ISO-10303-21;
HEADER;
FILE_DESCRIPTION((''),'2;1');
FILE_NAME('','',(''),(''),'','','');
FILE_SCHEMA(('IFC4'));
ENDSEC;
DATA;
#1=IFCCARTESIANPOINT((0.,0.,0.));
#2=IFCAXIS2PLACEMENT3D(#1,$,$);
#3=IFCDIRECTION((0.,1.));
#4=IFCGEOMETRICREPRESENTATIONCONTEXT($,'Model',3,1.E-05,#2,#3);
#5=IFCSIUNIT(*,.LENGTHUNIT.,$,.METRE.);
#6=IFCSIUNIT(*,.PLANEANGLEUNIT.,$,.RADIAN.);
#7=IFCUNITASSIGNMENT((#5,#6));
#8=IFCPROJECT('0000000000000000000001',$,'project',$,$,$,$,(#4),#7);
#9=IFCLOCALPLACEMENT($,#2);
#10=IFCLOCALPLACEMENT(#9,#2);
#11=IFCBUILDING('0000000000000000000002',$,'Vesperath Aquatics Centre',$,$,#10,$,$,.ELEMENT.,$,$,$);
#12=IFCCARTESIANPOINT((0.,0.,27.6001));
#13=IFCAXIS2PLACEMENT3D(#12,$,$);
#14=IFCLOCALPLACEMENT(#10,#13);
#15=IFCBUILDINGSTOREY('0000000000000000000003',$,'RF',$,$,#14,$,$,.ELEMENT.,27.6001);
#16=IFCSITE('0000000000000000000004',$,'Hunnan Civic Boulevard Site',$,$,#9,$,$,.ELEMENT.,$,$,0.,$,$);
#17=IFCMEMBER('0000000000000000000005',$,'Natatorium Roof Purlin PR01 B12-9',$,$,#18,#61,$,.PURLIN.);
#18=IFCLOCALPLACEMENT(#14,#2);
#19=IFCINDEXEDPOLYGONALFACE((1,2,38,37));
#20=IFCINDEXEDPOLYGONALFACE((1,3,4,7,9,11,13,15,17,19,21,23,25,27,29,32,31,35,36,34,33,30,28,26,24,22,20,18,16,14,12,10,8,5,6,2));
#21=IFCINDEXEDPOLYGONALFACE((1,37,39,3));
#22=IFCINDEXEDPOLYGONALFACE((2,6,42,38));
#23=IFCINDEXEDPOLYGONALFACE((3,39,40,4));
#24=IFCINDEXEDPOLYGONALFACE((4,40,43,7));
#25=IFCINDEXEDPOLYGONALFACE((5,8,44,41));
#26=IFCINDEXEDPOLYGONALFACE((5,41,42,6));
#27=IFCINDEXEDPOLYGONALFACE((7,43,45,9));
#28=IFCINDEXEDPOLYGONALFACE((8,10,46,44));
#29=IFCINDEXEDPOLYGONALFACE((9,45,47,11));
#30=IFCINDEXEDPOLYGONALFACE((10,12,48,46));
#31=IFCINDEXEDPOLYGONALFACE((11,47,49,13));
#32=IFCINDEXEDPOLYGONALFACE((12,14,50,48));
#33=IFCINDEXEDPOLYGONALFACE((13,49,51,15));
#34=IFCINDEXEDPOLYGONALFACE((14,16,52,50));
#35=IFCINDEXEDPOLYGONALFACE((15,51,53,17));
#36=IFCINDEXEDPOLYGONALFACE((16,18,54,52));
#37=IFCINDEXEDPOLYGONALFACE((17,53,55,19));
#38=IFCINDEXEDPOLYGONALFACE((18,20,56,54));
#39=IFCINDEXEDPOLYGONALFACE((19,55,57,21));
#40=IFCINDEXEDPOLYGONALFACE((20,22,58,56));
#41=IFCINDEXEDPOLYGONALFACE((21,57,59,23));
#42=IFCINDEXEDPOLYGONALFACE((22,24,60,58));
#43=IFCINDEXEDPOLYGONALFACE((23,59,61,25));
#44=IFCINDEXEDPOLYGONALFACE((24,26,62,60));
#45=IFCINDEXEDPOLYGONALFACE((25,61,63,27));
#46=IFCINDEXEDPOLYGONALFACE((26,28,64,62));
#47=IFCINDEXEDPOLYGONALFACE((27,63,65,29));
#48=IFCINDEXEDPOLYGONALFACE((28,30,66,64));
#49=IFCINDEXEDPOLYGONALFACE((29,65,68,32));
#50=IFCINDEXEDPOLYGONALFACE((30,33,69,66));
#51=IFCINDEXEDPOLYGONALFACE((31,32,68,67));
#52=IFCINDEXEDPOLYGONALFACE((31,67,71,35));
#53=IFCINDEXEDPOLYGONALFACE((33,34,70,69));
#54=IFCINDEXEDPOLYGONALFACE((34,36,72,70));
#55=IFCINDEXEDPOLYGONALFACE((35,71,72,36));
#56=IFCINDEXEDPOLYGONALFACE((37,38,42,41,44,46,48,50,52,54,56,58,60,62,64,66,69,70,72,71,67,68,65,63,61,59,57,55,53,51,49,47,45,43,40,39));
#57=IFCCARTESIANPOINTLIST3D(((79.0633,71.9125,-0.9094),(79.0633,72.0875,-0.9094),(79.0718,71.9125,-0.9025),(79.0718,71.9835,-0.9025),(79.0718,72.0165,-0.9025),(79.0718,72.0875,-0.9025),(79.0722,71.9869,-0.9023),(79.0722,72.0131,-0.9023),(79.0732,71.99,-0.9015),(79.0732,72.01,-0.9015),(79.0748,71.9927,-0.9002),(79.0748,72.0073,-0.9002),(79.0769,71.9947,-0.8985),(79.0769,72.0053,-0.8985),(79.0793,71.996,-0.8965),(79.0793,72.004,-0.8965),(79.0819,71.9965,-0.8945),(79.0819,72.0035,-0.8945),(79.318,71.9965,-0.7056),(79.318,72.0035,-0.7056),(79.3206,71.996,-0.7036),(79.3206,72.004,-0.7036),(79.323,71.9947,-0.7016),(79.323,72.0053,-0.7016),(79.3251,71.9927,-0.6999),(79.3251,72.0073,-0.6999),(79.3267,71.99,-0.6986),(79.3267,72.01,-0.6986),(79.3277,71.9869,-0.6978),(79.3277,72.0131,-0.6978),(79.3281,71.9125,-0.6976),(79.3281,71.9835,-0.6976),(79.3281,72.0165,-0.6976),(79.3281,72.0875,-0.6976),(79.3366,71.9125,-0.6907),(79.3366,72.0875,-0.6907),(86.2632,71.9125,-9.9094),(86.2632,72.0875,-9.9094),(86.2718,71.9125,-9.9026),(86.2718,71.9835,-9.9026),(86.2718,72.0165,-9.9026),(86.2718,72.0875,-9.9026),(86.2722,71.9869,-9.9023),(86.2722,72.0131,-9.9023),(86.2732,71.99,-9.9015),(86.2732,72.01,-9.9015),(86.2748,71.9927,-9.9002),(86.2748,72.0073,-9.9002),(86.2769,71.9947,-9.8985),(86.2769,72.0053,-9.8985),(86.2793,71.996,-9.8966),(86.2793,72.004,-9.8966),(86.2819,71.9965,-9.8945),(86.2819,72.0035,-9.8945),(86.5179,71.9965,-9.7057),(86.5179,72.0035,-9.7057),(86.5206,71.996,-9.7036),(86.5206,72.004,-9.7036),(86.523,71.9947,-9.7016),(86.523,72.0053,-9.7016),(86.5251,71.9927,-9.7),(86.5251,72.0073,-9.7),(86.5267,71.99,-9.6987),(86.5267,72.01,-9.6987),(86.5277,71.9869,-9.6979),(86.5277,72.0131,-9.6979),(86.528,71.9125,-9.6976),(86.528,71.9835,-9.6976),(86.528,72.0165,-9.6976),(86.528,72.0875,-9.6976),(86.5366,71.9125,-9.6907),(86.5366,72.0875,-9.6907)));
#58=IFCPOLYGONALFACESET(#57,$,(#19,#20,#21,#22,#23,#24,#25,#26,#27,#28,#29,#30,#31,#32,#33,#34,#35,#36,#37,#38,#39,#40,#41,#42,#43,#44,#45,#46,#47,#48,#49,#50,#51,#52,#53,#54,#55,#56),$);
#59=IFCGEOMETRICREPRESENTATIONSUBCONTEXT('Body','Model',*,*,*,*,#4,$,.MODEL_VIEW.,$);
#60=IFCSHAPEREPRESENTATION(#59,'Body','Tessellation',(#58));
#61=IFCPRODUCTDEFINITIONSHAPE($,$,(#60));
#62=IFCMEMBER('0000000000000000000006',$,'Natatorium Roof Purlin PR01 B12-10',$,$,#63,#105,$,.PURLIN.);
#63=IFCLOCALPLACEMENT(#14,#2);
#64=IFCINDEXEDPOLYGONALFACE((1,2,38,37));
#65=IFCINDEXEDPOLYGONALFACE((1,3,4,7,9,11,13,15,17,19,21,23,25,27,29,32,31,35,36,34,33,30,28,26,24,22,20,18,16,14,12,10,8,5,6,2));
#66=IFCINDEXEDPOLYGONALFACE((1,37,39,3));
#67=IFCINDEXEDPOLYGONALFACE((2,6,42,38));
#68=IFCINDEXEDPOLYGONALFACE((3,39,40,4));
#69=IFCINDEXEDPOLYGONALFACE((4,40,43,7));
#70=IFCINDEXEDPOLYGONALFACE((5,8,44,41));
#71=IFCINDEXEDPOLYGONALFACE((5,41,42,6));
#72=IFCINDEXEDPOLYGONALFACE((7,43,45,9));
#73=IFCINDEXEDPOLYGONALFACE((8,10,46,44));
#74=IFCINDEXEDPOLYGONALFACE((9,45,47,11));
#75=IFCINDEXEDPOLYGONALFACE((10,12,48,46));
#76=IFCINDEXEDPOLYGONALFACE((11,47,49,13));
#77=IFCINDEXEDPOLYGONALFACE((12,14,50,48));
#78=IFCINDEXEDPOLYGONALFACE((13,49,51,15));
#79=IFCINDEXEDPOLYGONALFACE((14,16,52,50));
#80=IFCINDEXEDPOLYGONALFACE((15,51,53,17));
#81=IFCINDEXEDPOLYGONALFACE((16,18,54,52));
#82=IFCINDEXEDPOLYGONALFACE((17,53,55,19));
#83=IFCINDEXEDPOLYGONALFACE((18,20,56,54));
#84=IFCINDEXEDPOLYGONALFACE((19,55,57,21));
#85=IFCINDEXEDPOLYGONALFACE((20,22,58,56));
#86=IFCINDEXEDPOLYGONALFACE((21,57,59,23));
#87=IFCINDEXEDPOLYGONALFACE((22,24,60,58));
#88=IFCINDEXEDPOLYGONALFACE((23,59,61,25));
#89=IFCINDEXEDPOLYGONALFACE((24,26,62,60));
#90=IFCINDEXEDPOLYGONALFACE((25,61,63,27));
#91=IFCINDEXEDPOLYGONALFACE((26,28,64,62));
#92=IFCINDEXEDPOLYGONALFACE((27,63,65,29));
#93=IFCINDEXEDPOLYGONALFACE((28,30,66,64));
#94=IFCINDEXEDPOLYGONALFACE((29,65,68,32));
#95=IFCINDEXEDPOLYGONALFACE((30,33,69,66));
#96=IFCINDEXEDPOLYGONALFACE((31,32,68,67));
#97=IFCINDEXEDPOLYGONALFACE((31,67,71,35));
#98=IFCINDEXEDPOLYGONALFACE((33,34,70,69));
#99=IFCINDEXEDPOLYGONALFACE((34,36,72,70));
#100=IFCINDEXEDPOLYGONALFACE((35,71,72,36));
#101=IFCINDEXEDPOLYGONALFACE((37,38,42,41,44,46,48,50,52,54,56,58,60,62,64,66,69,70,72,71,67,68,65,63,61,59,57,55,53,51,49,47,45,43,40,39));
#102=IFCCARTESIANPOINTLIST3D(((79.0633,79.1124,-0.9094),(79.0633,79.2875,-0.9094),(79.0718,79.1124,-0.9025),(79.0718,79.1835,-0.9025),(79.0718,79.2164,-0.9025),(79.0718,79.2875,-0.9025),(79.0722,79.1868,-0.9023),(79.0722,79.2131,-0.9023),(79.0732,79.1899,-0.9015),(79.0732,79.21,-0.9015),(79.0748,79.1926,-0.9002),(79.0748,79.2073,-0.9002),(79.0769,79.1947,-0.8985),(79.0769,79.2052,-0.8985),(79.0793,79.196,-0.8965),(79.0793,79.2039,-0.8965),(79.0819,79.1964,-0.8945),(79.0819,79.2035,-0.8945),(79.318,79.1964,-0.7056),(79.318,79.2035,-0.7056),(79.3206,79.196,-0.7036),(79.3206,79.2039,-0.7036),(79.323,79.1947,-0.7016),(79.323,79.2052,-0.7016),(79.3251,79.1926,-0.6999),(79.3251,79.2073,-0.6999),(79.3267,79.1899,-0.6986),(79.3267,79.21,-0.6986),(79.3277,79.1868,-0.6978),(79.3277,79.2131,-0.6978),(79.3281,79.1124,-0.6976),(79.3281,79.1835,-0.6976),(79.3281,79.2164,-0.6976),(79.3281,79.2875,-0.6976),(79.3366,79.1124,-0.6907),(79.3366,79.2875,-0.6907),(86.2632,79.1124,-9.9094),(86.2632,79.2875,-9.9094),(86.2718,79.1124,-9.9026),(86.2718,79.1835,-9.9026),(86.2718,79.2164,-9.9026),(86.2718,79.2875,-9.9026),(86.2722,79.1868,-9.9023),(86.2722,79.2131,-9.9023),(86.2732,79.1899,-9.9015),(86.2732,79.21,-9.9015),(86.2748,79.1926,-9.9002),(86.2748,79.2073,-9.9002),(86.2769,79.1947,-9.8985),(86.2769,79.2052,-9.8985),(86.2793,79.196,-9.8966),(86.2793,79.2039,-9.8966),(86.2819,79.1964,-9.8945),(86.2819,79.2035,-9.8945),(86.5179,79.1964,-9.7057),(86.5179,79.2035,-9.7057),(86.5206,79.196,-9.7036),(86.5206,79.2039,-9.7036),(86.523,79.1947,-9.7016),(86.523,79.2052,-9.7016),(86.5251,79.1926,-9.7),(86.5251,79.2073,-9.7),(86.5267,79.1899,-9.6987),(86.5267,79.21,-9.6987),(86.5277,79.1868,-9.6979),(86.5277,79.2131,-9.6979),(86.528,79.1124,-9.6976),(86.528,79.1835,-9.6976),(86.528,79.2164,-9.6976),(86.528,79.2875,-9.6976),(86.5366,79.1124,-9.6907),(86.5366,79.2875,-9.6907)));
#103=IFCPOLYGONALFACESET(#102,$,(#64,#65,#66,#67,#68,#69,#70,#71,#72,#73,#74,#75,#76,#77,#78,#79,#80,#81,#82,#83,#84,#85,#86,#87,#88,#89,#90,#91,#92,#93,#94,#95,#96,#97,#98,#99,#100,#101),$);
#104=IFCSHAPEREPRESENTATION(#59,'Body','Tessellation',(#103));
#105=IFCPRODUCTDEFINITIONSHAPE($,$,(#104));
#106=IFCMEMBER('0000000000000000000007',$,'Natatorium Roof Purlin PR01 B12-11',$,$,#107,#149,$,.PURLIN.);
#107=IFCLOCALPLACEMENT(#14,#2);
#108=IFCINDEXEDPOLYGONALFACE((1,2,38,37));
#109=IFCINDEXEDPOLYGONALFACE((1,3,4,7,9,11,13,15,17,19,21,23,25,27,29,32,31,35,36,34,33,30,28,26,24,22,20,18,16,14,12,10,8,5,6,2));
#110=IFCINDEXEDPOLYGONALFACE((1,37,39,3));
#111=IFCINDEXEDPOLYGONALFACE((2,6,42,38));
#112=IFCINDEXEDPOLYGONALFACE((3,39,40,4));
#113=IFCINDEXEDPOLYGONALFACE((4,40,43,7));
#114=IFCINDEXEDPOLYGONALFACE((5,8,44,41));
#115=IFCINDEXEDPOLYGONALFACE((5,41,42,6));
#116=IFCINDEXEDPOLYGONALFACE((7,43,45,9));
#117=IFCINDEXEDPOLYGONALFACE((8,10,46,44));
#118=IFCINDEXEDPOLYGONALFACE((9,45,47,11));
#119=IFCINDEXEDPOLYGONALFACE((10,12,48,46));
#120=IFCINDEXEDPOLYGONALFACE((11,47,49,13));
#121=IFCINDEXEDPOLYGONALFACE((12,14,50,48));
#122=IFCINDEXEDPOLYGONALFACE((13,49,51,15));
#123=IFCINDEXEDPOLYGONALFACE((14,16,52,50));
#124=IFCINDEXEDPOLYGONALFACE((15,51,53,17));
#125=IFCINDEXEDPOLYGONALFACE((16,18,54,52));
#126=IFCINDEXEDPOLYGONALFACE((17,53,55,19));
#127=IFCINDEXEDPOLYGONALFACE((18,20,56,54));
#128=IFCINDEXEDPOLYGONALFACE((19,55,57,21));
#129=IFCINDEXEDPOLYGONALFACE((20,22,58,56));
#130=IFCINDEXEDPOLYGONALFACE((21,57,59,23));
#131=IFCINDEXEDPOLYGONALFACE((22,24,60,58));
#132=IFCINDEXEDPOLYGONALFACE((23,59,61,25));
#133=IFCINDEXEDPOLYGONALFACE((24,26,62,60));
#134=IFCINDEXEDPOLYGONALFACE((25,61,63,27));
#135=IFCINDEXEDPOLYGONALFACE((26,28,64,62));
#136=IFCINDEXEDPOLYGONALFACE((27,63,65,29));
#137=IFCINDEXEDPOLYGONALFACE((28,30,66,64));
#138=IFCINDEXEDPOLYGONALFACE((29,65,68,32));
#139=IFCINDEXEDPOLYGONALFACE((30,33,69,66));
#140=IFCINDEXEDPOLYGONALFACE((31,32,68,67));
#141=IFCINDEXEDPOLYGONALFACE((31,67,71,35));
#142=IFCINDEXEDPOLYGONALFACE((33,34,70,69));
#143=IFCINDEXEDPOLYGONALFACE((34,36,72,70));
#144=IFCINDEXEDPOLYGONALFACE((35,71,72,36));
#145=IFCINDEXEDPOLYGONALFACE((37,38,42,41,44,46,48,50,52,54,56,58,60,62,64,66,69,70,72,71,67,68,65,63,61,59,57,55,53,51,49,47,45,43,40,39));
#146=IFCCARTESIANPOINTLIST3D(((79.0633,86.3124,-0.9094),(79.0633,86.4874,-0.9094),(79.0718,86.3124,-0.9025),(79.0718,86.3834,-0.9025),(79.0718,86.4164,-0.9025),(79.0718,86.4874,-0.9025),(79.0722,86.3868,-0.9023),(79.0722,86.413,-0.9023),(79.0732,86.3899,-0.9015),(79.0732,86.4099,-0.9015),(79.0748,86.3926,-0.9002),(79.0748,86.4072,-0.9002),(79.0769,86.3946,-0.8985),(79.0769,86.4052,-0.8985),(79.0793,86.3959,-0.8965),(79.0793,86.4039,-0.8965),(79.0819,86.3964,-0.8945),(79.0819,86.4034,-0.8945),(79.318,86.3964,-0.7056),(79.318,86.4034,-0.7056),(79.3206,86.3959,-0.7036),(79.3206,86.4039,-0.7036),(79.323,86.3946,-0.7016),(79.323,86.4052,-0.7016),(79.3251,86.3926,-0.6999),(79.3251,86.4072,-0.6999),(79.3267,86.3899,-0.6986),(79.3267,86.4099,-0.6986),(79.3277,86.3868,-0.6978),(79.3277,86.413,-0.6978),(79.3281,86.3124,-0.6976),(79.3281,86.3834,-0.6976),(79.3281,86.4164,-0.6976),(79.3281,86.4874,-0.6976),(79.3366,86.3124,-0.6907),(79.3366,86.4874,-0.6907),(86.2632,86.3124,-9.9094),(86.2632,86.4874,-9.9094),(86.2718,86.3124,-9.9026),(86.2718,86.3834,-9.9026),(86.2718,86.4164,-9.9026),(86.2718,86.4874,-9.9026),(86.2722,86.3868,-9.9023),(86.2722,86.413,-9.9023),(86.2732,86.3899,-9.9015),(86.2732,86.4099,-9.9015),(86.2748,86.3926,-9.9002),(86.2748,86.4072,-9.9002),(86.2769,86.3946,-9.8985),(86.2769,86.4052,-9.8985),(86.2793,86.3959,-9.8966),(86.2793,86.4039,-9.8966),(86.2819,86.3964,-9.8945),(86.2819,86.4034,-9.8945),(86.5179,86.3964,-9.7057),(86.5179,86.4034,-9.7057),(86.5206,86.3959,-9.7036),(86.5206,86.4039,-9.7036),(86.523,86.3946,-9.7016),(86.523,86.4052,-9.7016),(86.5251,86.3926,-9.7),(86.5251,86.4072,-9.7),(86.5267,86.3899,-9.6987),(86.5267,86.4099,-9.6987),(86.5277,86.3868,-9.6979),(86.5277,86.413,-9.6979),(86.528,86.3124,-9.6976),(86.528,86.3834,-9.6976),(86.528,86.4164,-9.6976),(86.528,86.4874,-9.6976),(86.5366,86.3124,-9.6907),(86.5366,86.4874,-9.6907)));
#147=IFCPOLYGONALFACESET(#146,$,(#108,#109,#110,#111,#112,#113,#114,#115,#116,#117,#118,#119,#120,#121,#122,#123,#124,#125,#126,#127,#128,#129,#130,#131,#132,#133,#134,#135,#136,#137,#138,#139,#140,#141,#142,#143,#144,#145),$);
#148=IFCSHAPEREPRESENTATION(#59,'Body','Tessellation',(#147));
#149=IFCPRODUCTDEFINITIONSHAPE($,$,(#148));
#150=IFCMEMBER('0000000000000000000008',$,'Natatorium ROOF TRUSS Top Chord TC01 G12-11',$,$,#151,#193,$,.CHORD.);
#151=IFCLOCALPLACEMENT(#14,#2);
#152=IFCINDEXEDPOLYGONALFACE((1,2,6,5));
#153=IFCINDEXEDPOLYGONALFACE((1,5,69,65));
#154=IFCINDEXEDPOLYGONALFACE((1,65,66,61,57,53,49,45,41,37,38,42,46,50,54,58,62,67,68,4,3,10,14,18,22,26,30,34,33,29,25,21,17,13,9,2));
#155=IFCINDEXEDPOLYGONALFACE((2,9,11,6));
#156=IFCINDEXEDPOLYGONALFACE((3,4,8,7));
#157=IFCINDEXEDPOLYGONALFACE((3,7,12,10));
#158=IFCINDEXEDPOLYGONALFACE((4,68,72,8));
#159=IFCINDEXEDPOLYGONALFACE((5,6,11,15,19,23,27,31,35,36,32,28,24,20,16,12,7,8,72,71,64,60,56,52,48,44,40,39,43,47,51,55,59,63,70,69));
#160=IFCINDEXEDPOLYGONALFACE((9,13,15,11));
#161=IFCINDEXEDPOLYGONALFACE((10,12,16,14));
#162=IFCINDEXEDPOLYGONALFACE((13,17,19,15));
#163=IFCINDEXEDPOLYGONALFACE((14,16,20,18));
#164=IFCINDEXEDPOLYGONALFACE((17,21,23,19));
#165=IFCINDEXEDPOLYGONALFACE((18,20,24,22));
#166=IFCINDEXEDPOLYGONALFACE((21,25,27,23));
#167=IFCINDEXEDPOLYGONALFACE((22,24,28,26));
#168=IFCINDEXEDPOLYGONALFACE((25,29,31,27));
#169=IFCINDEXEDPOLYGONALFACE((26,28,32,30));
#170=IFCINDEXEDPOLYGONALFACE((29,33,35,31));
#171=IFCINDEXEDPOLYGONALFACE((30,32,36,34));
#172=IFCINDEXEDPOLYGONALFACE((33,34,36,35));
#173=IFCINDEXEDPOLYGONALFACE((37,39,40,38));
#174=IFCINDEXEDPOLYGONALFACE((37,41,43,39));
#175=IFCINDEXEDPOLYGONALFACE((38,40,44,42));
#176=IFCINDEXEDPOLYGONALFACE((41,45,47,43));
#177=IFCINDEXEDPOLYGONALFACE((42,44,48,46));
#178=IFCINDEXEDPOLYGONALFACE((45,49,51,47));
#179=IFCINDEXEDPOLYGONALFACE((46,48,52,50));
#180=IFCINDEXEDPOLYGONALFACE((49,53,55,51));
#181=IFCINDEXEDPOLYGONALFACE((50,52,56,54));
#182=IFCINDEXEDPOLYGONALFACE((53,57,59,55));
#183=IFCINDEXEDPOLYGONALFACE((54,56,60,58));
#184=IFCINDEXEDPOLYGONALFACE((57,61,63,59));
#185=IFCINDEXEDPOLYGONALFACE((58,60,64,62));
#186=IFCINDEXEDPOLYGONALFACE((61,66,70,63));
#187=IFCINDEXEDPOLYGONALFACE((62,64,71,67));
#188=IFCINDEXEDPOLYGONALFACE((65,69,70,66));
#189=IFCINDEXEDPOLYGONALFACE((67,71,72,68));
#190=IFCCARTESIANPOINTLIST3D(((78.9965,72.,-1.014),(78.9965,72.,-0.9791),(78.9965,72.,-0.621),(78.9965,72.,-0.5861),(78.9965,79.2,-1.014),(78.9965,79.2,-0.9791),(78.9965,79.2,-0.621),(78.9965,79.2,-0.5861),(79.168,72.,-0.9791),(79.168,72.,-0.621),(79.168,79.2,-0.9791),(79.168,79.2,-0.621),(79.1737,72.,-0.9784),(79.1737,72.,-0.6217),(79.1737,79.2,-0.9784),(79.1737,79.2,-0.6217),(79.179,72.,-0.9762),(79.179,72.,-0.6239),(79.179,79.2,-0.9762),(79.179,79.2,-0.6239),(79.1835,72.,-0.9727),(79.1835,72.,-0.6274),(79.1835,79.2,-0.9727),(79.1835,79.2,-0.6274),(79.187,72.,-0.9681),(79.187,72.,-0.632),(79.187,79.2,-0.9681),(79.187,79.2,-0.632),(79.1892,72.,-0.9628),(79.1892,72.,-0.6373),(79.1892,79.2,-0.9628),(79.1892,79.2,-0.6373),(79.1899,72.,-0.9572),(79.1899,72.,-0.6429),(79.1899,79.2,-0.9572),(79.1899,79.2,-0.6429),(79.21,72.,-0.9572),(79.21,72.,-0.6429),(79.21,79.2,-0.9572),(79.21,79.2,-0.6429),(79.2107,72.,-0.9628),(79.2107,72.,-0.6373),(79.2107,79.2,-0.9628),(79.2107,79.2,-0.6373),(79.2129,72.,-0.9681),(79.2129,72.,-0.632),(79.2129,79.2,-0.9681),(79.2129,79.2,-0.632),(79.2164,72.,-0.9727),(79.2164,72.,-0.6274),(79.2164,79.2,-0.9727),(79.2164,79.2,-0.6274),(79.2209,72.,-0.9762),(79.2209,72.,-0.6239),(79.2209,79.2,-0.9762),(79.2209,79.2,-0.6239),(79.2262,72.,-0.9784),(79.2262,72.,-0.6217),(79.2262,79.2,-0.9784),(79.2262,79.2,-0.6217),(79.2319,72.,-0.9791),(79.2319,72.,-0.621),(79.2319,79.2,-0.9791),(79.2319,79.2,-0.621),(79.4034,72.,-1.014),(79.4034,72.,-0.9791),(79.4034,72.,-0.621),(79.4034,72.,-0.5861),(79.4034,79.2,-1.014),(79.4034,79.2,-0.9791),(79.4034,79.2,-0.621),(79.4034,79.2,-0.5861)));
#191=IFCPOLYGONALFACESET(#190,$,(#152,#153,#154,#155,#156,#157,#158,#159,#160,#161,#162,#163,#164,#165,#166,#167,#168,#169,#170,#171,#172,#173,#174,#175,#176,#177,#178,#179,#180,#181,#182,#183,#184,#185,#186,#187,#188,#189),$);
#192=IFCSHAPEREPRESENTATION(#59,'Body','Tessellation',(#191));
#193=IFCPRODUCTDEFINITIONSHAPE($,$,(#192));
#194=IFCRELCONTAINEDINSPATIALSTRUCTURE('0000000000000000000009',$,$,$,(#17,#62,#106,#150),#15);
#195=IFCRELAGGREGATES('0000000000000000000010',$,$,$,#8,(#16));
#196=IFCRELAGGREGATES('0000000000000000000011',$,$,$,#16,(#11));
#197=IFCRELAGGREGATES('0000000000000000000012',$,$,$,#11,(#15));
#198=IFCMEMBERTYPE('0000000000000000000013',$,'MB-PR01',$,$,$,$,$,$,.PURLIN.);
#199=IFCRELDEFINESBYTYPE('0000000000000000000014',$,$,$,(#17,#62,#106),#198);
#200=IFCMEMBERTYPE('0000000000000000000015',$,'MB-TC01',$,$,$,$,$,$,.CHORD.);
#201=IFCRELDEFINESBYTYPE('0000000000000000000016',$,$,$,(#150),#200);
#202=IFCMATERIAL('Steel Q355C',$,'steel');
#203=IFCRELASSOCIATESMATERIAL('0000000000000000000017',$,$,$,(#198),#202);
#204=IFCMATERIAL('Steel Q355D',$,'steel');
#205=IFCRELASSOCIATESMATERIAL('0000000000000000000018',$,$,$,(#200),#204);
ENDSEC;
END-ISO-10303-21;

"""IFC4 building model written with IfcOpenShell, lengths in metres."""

from ifc_helpers import new_model, si_unit, direction, frame, origin, origin_2d, place, context, subcontext, project, spatial, i_section, extrude, material, material_profile, profile_set, type_object, element, save


model = new_model("IFC4")

# Units and contexts
model_context = context("Model", 3, precision=1e-05, world=origin(), true_north=direction((0.0, 1.0)))
body_context = subcontext(model_context, "Body", "Model", "MODEL_VIEW")
ifc_project = project(units=[si_unit("LENGTHUNIT", "METRE"), si_unit("PLANEANGLEUNIT", "RADIAN")], contexts=[model_context])

# Site, building, storey
site_placement = place(None, origin())
site = spatial("IfcSite", under=ifc_project, at=site_placement, Name="Hunnan Civic Boulevard Site", CompositionType="ELEMENT", RefElevation=0.0)
building_placement = place(site_placement, origin())
building = spatial("IfcBuilding", under=site, at=building_placement, Name="Vesperath Aquatics Centre", CompositionType="ELEMENT")
storey_placement = place(building_placement, frame((0.0, 0.0, 27.6001)))
storey = spatial("IfcBuildingStorey", under=building, at=storey_placement, Name="RF", CompositionType="ELEMENT", Elevation=27.6001)

# Shared definitions
ifc_material_1 = material(Name="Steel Q355C", Category="steel")

# Members
ifc_material_2 = material(Name="Steel Q355D", Category="steel")
ifc_material_profile_1 = material_profile(ifc_material_1, i_section(OverallWidth=0.175, OverallDepth=0.3501, WebThickness=0.0071, FlangeThickness=0.011, FilletRadius=0.0129, at=origin_2d()), Name="HN 350x175x7x11")
ifc_profile_set_1 = profile_set([ifc_material_profile_1], Name="Steel Q355C")
member_type_1 = type_object("IfcMemberType", Name="MB-PR01", PredefinedType="PURLIN", material=ifc_profile_set_1)
for number, where, z_axis, x_axis, name in (
    (1, (79.2, 72.0, -0.8), (0.624692, 0.0, -0.780871), (0.0, 1.0, 0.0), "Natatorium Roof Purlin PR01 B12-9"),
    (2, (79.2, 79.2, -0.8), (0.624692, 0.0, -0.780871), (0.0, 1.0, 0.0), "Natatorium Roof Purlin PR01 B12-10"),
    (3, (79.2, 86.3999, -0.8), (0.624692, 0.0, -0.780871), (0.0, 1.0, 0.0), "Natatorium Roof Purlin PR01 B12-11"),
):
    element("IfcMember", number, at=place(storey_placement, frame(where, z_axis=z_axis, x_axis=x_axis)), inside=storey, type_object=member_type_1, Name=name, PredefinedType="PURLIN", context=body_context, shape_type="SweptSolid", body=[
        extrude(i_section(OverallWidth=0.175, OverallDepth=0.3501, WebThickness=0.0071, FlangeThickness=0.011, FilletRadius=0.0129, at=origin_2d()), origin(), (0.0, 0.0, 1.0), 11.5256),
    ])
ifc_material_profile_2 = material_profile(ifc_material_2, i_section(OverallWidth=0.407, OverallDepth=0.428, WebThickness=0.02, FlangeThickness=0.0349, FilletRadius=0.022, at=origin_2d()), Name="HW 428x407x20x35")
ifc_profile_set_2 = profile_set([ifc_material_profile_2], Name="Steel Q355D")
member_type_2 = type_object("IfcMemberType", Name="MB-TC01", PredefinedType="CHORD", material=ifc_profile_set_2)
for number, where, z_axis, x_axis, name in (
    (4, (79.2, 72.0, -0.8), (0.0, 1.0, 0.0), (-1.0, 0.0, 0.0), "Natatorium ROOF TRUSS Top Chord TC01 G12-11"),
):
    element("IfcMember", number, at=place(storey_placement, frame(where, z_axis=z_axis, x_axis=x_axis)), inside=storey, type_object=member_type_2, Name=name, PredefinedType="CHORD", context=body_context, shape_type="SweptSolid", body=[
        extrude(i_section(OverallWidth=0.407, OverallDepth=0.428, WebThickness=0.02, FlangeThickness=0.0349, FilletRadius=0.022, at=origin_2d()), origin(), (0.0, 0.0, 1.0), 7.2),
    ])

save(model, "model.ifc")
